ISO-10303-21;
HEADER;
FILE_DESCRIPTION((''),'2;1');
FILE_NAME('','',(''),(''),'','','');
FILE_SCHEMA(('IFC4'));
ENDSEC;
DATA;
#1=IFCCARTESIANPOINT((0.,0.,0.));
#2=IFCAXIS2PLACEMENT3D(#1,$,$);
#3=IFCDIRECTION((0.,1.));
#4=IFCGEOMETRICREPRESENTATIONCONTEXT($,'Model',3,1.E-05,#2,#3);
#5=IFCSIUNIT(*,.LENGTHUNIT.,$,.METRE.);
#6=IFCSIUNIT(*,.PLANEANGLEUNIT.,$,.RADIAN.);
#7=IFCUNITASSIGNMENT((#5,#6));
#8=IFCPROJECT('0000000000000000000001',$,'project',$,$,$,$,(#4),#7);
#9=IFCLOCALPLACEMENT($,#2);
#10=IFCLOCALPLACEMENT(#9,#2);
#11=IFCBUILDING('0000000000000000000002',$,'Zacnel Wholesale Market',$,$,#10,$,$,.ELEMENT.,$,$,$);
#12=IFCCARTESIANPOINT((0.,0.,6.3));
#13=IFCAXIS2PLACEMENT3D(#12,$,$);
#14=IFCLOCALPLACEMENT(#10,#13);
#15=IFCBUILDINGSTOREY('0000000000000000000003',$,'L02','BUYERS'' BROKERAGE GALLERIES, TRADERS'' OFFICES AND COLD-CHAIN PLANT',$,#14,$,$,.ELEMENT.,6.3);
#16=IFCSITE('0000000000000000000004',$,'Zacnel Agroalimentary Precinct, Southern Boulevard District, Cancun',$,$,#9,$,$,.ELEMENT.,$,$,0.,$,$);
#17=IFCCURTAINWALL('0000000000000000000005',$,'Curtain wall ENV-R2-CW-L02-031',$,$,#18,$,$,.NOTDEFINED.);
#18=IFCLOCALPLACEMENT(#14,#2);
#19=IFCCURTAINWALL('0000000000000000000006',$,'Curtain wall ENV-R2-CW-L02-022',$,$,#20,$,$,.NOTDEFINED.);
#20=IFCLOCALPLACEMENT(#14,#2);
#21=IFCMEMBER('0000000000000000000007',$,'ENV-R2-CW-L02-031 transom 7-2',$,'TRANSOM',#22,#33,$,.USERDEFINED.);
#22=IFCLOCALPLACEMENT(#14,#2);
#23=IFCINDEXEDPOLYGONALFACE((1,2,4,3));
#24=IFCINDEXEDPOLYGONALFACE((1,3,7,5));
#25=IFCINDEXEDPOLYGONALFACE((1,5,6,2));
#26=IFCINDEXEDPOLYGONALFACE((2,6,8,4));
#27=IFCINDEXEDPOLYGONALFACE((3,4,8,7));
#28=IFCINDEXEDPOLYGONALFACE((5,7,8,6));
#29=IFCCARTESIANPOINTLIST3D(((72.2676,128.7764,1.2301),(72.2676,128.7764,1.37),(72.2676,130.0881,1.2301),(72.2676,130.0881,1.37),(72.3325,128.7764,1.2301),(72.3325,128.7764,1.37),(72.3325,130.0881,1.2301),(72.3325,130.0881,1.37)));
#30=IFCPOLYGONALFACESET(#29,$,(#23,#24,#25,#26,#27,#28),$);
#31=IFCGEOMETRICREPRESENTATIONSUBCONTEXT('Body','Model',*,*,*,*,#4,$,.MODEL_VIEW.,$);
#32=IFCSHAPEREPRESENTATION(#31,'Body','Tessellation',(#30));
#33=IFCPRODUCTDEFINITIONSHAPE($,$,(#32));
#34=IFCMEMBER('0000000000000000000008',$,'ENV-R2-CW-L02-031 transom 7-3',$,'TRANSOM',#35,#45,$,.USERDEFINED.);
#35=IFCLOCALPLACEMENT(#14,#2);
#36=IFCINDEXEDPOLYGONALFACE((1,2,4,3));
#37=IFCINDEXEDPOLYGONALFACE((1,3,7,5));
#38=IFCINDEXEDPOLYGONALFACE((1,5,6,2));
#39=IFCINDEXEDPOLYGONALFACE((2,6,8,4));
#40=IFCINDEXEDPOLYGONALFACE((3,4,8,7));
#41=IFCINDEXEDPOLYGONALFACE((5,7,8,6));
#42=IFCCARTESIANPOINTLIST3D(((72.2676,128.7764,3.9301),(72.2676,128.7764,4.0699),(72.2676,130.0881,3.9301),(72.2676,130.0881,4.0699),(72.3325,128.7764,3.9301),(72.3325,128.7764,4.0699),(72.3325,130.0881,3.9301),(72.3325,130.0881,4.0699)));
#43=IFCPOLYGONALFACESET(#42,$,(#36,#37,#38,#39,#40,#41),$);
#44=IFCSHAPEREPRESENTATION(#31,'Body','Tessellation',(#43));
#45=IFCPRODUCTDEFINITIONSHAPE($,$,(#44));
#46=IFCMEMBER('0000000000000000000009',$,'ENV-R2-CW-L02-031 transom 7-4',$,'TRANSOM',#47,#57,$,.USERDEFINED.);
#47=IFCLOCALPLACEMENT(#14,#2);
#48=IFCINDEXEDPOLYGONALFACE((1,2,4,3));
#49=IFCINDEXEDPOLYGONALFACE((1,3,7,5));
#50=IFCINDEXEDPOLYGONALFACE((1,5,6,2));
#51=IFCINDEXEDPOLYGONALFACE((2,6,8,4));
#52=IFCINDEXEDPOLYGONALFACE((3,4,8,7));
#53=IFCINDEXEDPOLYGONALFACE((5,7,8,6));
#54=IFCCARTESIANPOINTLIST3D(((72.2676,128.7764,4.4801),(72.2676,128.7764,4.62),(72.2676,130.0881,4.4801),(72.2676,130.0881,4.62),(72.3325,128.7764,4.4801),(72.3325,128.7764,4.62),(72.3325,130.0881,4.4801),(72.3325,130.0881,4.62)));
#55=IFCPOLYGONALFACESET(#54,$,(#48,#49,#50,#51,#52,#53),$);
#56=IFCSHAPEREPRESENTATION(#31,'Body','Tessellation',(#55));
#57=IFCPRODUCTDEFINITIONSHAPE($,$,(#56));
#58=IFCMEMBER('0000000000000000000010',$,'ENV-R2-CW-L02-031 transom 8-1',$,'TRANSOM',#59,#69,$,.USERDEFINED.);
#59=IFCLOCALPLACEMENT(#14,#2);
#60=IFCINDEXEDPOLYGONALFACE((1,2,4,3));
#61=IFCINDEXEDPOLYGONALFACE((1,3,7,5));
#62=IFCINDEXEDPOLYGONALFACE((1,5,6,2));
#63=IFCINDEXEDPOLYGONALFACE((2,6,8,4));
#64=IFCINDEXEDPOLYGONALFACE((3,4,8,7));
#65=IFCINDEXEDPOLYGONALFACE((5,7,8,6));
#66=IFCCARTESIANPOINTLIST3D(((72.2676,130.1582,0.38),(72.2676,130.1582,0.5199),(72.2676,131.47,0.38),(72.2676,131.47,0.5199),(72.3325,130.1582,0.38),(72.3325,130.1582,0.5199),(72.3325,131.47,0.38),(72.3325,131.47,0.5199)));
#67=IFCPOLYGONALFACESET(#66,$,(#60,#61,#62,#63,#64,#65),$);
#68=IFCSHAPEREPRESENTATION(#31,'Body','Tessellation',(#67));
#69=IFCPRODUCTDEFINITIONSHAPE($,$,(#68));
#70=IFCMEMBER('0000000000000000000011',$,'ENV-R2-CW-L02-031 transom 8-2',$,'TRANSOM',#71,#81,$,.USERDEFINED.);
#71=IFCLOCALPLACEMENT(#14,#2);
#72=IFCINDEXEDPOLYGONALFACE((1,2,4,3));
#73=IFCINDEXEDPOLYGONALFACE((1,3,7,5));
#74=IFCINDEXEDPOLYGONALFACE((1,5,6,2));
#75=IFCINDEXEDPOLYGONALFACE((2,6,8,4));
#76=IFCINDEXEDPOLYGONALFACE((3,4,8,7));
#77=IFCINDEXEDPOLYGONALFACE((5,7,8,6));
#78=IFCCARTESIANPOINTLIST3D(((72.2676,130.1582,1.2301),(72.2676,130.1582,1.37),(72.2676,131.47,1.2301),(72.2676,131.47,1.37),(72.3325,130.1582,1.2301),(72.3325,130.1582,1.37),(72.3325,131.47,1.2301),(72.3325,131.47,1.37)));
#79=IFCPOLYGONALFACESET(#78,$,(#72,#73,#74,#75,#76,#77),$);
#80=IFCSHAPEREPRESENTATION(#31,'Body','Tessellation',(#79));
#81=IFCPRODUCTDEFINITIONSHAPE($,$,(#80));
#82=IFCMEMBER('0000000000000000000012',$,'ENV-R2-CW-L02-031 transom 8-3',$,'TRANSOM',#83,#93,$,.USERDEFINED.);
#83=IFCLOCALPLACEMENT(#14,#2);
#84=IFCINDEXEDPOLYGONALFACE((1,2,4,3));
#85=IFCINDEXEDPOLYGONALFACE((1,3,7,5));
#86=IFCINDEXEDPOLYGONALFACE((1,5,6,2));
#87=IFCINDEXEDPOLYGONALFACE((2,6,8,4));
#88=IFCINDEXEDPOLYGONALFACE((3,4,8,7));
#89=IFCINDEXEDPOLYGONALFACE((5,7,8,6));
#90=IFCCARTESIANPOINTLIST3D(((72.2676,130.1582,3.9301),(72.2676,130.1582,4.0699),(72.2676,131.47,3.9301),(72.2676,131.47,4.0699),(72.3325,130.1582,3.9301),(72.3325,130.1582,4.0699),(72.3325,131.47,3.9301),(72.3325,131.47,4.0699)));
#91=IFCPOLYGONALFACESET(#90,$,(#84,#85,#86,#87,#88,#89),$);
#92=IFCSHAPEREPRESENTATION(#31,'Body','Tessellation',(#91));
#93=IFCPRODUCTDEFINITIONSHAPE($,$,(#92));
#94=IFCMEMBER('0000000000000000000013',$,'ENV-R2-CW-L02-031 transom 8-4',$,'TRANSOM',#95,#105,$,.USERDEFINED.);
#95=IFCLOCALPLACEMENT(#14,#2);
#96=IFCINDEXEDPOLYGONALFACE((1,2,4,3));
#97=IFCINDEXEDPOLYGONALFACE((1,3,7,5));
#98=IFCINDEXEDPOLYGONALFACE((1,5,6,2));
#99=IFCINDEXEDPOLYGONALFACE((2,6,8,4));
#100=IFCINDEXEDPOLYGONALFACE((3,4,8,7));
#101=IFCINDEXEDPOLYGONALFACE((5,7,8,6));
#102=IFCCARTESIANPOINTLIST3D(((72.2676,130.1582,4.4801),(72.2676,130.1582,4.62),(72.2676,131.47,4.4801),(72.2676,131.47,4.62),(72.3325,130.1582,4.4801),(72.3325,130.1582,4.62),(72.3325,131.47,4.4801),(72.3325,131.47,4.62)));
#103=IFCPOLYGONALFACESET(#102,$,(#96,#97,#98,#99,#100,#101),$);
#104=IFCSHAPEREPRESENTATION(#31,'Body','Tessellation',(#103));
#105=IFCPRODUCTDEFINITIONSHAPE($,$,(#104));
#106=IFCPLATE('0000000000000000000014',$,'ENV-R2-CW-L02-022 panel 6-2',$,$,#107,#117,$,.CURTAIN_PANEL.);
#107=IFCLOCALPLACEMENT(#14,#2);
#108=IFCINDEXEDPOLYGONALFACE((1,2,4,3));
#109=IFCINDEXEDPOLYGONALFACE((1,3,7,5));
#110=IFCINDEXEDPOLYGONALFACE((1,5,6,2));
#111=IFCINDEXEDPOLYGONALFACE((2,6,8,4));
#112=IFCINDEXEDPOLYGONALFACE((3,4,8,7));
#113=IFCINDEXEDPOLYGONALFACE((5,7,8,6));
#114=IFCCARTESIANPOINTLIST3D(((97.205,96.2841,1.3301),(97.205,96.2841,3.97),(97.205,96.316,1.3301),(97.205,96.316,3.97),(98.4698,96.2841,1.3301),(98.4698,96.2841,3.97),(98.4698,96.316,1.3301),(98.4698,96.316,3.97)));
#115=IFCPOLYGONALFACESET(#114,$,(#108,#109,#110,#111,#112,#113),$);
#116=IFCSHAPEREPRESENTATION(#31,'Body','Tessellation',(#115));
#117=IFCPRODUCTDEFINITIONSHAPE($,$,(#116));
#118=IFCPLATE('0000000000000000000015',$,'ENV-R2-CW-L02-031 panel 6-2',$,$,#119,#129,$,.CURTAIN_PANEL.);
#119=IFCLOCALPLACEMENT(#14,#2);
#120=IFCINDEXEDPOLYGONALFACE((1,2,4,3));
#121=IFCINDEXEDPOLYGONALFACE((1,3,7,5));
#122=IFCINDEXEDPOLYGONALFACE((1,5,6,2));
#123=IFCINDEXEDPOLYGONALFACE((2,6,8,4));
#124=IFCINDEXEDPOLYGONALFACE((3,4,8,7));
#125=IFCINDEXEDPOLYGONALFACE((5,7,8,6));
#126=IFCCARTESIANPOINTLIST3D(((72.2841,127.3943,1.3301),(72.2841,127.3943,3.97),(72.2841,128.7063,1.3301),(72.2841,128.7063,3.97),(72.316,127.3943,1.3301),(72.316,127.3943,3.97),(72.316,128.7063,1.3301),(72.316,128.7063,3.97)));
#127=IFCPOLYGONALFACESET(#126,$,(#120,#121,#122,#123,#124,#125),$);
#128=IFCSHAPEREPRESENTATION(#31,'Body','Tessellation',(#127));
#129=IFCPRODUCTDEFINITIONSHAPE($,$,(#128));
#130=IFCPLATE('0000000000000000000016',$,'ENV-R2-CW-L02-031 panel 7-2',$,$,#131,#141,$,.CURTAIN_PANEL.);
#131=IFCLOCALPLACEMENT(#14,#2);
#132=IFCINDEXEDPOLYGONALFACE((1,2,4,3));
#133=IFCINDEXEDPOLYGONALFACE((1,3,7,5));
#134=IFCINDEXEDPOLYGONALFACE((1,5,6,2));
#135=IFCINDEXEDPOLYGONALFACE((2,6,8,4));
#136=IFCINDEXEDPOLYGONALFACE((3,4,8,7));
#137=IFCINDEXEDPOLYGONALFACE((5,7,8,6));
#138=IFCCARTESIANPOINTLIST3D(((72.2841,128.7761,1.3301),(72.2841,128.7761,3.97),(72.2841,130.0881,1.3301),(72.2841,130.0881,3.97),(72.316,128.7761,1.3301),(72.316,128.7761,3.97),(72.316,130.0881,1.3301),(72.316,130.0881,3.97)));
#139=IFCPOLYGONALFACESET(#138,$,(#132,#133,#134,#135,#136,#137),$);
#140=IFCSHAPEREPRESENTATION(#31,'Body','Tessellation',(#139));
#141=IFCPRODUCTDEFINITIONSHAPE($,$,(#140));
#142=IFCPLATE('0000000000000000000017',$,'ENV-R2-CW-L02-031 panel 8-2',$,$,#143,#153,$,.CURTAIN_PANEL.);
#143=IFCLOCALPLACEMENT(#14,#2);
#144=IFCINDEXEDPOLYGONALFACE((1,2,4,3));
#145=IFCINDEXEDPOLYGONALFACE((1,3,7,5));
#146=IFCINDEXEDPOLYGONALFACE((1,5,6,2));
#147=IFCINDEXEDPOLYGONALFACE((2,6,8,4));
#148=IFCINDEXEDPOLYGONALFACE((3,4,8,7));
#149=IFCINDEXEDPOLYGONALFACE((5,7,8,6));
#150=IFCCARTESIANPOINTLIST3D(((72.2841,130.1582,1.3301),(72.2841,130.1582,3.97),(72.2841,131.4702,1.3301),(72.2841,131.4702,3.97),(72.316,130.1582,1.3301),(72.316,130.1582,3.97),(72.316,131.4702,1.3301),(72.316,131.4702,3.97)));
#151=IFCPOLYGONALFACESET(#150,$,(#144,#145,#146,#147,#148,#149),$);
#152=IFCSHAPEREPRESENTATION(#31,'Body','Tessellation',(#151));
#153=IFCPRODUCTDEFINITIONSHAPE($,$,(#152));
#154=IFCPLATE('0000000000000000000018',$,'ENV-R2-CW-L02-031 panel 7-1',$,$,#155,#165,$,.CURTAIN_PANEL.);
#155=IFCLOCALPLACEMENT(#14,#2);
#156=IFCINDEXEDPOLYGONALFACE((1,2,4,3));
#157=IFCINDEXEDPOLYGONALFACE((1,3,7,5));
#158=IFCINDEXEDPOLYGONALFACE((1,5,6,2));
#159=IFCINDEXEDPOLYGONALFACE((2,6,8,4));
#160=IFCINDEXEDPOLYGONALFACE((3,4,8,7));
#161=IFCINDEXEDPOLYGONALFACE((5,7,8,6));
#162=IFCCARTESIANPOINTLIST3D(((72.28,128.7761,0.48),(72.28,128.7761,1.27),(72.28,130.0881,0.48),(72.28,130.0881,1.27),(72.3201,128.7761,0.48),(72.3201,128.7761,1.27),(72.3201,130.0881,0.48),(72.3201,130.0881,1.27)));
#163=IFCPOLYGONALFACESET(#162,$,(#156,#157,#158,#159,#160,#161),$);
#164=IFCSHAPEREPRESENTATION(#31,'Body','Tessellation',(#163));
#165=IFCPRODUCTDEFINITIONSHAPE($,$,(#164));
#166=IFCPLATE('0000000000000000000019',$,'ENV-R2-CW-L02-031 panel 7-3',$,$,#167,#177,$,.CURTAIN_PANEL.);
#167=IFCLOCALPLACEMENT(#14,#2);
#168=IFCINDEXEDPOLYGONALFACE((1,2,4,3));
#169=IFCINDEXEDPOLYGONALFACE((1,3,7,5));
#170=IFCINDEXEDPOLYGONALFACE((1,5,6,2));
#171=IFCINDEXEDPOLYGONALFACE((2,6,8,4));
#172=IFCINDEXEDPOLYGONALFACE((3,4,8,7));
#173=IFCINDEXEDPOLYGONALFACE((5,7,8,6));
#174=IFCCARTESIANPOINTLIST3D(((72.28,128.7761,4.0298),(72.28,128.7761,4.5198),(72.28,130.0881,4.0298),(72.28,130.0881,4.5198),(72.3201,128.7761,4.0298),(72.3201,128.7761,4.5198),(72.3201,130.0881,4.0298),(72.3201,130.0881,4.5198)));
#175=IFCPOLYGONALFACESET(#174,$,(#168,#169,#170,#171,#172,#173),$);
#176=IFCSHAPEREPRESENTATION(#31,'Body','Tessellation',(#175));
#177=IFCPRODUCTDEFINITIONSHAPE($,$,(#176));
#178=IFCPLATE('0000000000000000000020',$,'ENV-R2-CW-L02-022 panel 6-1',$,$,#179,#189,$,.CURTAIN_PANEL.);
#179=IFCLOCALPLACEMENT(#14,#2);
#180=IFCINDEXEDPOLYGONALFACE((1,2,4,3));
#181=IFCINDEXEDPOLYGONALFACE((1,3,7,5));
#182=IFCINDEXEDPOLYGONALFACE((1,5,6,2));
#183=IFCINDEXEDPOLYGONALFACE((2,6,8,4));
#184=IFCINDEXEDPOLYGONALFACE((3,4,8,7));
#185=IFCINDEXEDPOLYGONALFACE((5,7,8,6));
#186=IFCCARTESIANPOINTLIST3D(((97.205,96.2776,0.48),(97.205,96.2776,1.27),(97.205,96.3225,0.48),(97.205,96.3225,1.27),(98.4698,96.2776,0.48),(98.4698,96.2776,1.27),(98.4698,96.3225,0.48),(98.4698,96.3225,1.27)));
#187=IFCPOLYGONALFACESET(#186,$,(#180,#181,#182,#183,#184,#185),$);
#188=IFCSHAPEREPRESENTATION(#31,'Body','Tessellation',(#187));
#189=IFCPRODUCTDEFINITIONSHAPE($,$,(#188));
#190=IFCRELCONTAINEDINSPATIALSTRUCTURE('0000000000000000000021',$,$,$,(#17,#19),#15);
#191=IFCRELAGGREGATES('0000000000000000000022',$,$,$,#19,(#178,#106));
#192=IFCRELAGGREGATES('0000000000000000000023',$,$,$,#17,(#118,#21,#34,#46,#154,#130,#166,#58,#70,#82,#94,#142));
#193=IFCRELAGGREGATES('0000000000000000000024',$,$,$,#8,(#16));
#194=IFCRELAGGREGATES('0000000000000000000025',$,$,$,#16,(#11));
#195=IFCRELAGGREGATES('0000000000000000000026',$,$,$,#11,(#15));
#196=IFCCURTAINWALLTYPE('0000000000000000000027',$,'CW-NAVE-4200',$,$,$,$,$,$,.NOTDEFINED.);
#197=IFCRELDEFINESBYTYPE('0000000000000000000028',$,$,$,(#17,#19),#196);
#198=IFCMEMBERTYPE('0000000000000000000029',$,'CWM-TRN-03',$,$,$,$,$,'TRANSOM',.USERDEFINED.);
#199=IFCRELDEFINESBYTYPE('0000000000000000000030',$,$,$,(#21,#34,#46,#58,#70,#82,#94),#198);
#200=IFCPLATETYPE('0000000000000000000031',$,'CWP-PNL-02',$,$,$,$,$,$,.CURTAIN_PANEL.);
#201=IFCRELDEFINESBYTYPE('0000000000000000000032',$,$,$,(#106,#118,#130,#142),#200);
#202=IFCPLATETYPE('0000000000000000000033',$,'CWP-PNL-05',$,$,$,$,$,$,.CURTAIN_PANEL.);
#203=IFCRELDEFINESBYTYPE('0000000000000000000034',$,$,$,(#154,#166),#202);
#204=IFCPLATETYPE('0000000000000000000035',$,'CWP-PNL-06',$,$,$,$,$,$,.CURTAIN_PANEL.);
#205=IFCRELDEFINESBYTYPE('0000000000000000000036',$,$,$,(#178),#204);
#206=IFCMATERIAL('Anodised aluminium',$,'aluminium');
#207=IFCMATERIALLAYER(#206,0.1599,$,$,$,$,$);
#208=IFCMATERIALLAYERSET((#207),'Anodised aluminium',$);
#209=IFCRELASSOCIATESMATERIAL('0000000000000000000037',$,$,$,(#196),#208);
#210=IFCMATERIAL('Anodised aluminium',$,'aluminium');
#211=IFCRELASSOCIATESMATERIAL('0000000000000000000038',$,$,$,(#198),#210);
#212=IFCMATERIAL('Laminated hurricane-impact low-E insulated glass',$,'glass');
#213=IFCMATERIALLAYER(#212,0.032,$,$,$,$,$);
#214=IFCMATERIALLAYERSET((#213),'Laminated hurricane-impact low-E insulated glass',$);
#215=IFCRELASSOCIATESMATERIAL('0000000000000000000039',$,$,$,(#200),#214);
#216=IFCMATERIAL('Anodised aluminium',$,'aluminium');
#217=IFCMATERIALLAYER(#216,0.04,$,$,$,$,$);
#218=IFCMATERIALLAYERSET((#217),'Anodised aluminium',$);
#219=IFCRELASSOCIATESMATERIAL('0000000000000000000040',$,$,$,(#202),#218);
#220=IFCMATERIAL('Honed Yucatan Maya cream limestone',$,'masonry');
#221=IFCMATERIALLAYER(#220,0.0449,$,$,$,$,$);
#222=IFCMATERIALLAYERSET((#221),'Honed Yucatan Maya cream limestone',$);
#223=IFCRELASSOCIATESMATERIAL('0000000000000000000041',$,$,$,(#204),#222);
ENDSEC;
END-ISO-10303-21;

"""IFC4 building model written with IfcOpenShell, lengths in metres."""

from ifc_helpers import new_model, si_unit, direction, frame, origin, origin_2d, place, context, subcontext, project, spatial, rectangle, extrude, material, layer, layer_set, material_profile, profile_set, type_object, element, aggregate, save


model = new_model("IFC4")

# Units and contexts
model_context = context("Model", 3, precision=1e-05, world=origin(), true_north=direction((0.0, 1.0)))
body_context = subcontext(model_context, "Body", "Model", "MODEL_VIEW")
ifc_project = project(units=[si_unit("LENGTHUNIT", "METRE"), si_unit("PLANEANGLEUNIT", "RADIAN")], contexts=[model_context])

# Site, building, storey
site_placement = place(None, origin())
site = spatial("IfcSite", under=ifc_project, at=site_placement, Name="Zacnel Agroalimentary Precinct, Southern Boulevard District, Cancun", CompositionType="ELEMENT", RefElevation=0.0)
building_placement = place(site_placement, origin())
building = spatial("IfcBuilding", under=site, at=building_placement, Name="Zacnel Wholesale Market", CompositionType="ELEMENT")
storey_placement = place(building_placement, frame((0.0, 0.0, 6.3)))
storey = spatial("IfcBuildingStorey", under=building, at=storey_placement, Name="L02", Description="BUYERS' BROKERAGE GALLERIES, TRADERS' OFFICES AND COLD-CHAIN PLANT", CompositionType="ELEMENT", Elevation=6.3)

# Curtain walls
ifc_material_1 = material(Name="Anodised aluminium", Category="aluminium")
ifc_layer_1 = layer(ifc_material_1, 0.1599)
ifc_layer_set_1 = layer_set([ifc_layer_1], Name="Anodised aluminium")
curtain_wall_type = type_object("IfcCurtainWallType", Name="CW-NAVE-4200", PredefinedType="NOTDEFINED", material=ifc_layer_set_1)
curtain_wall_1_placement = place(storey_placement, origin())
curtain_wall_1 = element("IfcCurtainWall", 1, at=curtain_wall_1_placement, inside=storey, type_object=curtain_wall_type, Name="Curtain wall ENV-R2-CW-L02-031", PredefinedType="NOTDEFINED")
curtain_wall_2_placement = place(storey_placement, origin())
curtain_wall_2 = element("IfcCurtainWall", 2, at=curtain_wall_2_placement, inside=storey, type_object=curtain_wall_type, Name="Curtain wall ENV-R2-CW-L02-022", PredefinedType="NOTDEFINED")
ifc_material_2 = material(Name="Anodised aluminium", Category="aluminium")
ifc_material_profile_1 = material_profile(ifc_material_2, rectangle(XDim=0.0649, YDim=0.1399, at=origin_2d()), Name="AW-TRANSOM 65x140")
ifc_profile_set_1 = profile_set([ifc_material_profile_1], Name="Anodised aluminium")
member_type_1 = type_object("IfcMemberType", Name="CWM-TRN-03", ElementType="TRANSOM", PredefinedType="USERDEFINED", material=ifc_profile_set_1)

# Members
member_1_placement = place(storey_placement, frame((72.3, 128.7764, 1.3), z_axis=(0.0, 1.0, 0.0), x_axis=(-1.0, 0.0, 0.0)))
member_1 = element("IfcMember", 3, at=member_1_placement, type_object=member_type_1, Name="ENV-R2-CW-L02-031 transom 7-2", ObjectType="TRANSOM", PredefinedType="USERDEFINED", context=body_context, shape_type="SweptSolid", body=[
    extrude(rectangle(XDim=0.0649, YDim=0.1399, at=origin_2d()), origin(), (0.0, 0.0, 1.0), 1.3118),
])
member_2_placement = place(storey_placement, frame((72.3, 128.7764, 4.0), z_axis=(0.0, 1.0, 0.0), x_axis=(-1.0, 0.0, 0.0)))
member_2 = element("IfcMember", 4, at=member_2_placement, type_object=member_type_1, Name="ENV-R2-CW-L02-031 transom 7-3", ObjectType="TRANSOM", PredefinedType="USERDEFINED", context=body_context, shape_type="SweptSolid", body=[
    extrude(rectangle(XDim=0.0649, YDim=0.1399, at=origin_2d()), origin(), (0.0, 0.0, 1.0), 1.3118),
])
member_3_placement = place(storey_placement, frame((72.3, 128.7764, 4.55), z_axis=(0.0, 1.0, 0.0), x_axis=(-1.0, 0.0, 0.0)))
member_3 = element("IfcMember", 5, at=member_3_placement, type_object=member_type_1, Name="ENV-R2-CW-L02-031 transom 7-4", ObjectType="TRANSOM", PredefinedType="USERDEFINED", context=body_context, shape_type="SweptSolid", body=[
    extrude(rectangle(XDim=0.0649, YDim=0.1399, at=origin_2d()), origin(), (0.0, 0.0, 1.0), 1.3118),
])
member_4_placement = place(storey_placement, frame((72.3, 130.1582, 0.45), z_axis=(0.0, 1.0, 0.0), x_axis=(-1.0, 0.0, 0.0)))
member_4 = element("IfcMember", 6, at=member_4_placement, type_object=member_type_1, Name="ENV-R2-CW-L02-031 transom 8-1", ObjectType="TRANSOM", PredefinedType="USERDEFINED", context=body_context, shape_type="SweptSolid", body=[
    extrude(rectangle(XDim=0.0649, YDim=0.1399, at=origin_2d()), origin(), (0.0, 0.0, 1.0), 1.3118),
])
member_5_placement = place(storey_placement, frame((72.3, 130.1582, 1.3), z_axis=(0.0, 1.0, 0.0), x_axis=(-1.0, 0.0, 0.0)))
member_5 = element("IfcMember", 7, at=member_5_placement, type_object=member_type_1, Name="ENV-R2-CW-L02-031 transom 8-2", ObjectType="TRANSOM", PredefinedType="USERDEFINED", context=body_context, shape_type="SweptSolid", body=[
    extrude(rectangle(XDim=0.0649, YDim=0.1399, at=origin_2d()), origin(), (0.0, 0.0, 1.0), 1.3118),
])
member_6_placement = place(storey_placement, frame((72.3, 130.1582, 4.0), z_axis=(0.0, 1.0, 0.0), x_axis=(-1.0, 0.0, 0.0)))
member_6 = element("IfcMember", 8, at=member_6_placement, type_object=member_type_1, Name="ENV-R2-CW-L02-031 transom 8-3", ObjectType="TRANSOM", PredefinedType="USERDEFINED", context=body_context, shape_type="SweptSolid", body=[
    extrude(rectangle(XDim=0.0649, YDim=0.1399, at=origin_2d()), origin(), (0.0, 0.0, 1.0), 1.3118),
])
member_7_placement = place(storey_placement, frame((72.3, 130.1582, 4.55), z_axis=(0.0, 1.0, 0.0), x_axis=(-1.0, 0.0, 0.0)))
member_7 = element("IfcMember", 9, at=member_7_placement, type_object=member_type_1, Name="ENV-R2-CW-L02-031 transom 8-4", ObjectType="TRANSOM", PredefinedType="USERDEFINED", context=body_context, shape_type="SweptSolid", body=[
    extrude(rectangle(XDim=0.0649, YDim=0.1399, at=origin_2d()), origin(), (0.0, 0.0, 1.0), 1.3118),
])

# Plates
ifc_material_3 = material(Name="Laminated hurricane-impact low-E insulated glass", Category="glass")
ifc_layer_2 = layer(ifc_material_3, 0.032)
ifc_layer_set_2 = layer_set([ifc_layer_2], Name="Laminated hurricane-impact low-E insulated glass")
plate_type_1 = type_object("IfcPlateType", Name="CWP-PNL-02", PredefinedType="CURTAIN_PANEL", material=ifc_layer_set_2)
plate_1_placement = place(storey_placement, frame((97.8374, 96.3, 1.3301), z_axis=(0.0, 0.0, 1.0), x_axis=(1.0, 0.0, 0.0)))
plate_1 = element("IfcPlate", 10, at=plate_1_placement, type_object=plate_type_1, Name="ENV-R2-CW-L02-022 panel 6-2", PredefinedType="CURTAIN_PANEL", context=body_context, shape_type="SweptSolid", body=[
    extrude(rectangle(XDim=1.2649, YDim=0.032, at=origin_2d()), origin(), (0.0, 0.0, 1.0), 2.6399),
])
plate_2_placement = place(storey_placement, frame((72.3, 128.0503, 1.3301), z_axis=(0.0, 0.0, 1.0), x_axis=(0.0, 1.0, 0.0)))
plate_2 = element("IfcPlate", 11, at=plate_2_placement, type_object=plate_type_1, Name="ENV-R2-CW-L02-031 panel 6-2", PredefinedType="CURTAIN_PANEL", context=body_context, shape_type="SweptSolid", body=[
    extrude(rectangle(XDim=1.312, YDim=0.032, at=origin_2d()), origin(), (0.0, 0.0, 1.0), 2.6399),
])
plate_3_placement = place(storey_placement, frame((72.3, 129.4321, 1.3301), z_axis=(0.0, 0.0, 1.0), x_axis=(0.0, 1.0, 0.0)))
plate_3 = element("IfcPlate", 12, at=plate_3_placement, type_object=plate_type_1, Name="ENV-R2-CW-L02-031 panel 7-2", PredefinedType="CURTAIN_PANEL", context=body_context, shape_type="SweptSolid", body=[
    extrude(rectangle(XDim=1.312, YDim=0.032, at=origin_2d()), origin(), (0.0, 0.0, 1.0), 2.6399),
])
plate_4_placement = place(storey_placement, frame((72.3, 130.8142, 1.3301), z_axis=(0.0, 0.0, 1.0), x_axis=(0.0, 1.0, 0.0)))
plate_4 = element("IfcPlate", 13, at=plate_4_placement, type_object=plate_type_1, Name="ENV-R2-CW-L02-031 panel 8-2", PredefinedType="CURTAIN_PANEL", context=body_context, shape_type="SweptSolid", body=[
    extrude(rectangle(XDim=1.312, YDim=0.032, at=origin_2d()), origin(), (0.0, 0.0, 1.0), 2.6399),
])
ifc_material_4 = material(Name="Anodised aluminium", Category="aluminium")
ifc_layer_3 = layer(ifc_material_4, 0.04)
ifc_layer_set_3 = layer_set([ifc_layer_3], Name="Anodised aluminium")
plate_type_2 = type_object("IfcPlateType", Name="CWP-PNL-05", PredefinedType="CURTAIN_PANEL", material=ifc_layer_set_3)
plate_5_placement = place(storey_placement, frame((72.3, 129.4321, 0.48), z_axis=(0.0, 0.0, 1.0), x_axis=(0.0, 1.0, 0.0)))
plate_5 = element("IfcPlate", 14, at=plate_5_placement, type_object=plate_type_2, Name="ENV-R2-CW-L02-031 panel 7-1", PredefinedType="CURTAIN_PANEL", context=body_context, shape_type="SweptSolid", body=[
    extrude(rectangle(XDim=1.312, YDim=0.04, at=origin_2d()), origin(), (0.0, 0.0, 1.0), 0.79),
])
plate_6_placement = place(storey_placement, frame((72.3, 129.4321, 4.0298), z_axis=(0.0, 0.0, 1.0), x_axis=(0.0, 1.0, 0.0)))
plate_6 = element("IfcPlate", 15, at=plate_6_placement, type_object=plate_type_2, Name="ENV-R2-CW-L02-031 panel 7-3", PredefinedType="CURTAIN_PANEL", context=body_context, shape_type="SweptSolid", body=[
    extrude(rectangle(XDim=1.312, YDim=0.04, at=origin_2d()), origin(), (0.0, 0.0, 1.0), 0.49),
])
ifc_material_5 = material(Name="Honed Yucatan Maya cream limestone", Category="masonry")
ifc_layer_4 = layer(ifc_material_5, 0.0449)
ifc_layer_set_4 = layer_set([ifc_layer_4], Name="Honed Yucatan Maya cream limestone")
plate_type_3 = type_object("IfcPlateType", Name="CWP-PNL-06", PredefinedType="CURTAIN_PANEL", material=ifc_layer_set_4)
plate_7_placement = place(storey_placement, frame((97.8374, 96.3, 0.48), z_axis=(0.0, 0.0, 1.0), x_axis=(1.0, 0.0, 0.0)))
plate_7 = element("IfcPlate", 16, at=plate_7_placement, type_object=plate_type_3, Name="ENV-R2-CW-L02-022 panel 6-1", PredefinedType="CURTAIN_PANEL", context=body_context, shape_type="SweptSolid", body=[
    extrude(rectangle(XDim=1.2649, YDim=0.0449, at=origin_2d()), origin(), (0.0, 0.0, 1.0), 0.79),
])
aggregate(curtain_wall_2, [plate_7, plate_1])
aggregate(curtain_wall_1, [plate_2, member_1, member_2, member_3, plate_5, plate_3, plate_6, member_4, member_5, member_6, member_7, plate_4])

save(model, "model.ifc")
